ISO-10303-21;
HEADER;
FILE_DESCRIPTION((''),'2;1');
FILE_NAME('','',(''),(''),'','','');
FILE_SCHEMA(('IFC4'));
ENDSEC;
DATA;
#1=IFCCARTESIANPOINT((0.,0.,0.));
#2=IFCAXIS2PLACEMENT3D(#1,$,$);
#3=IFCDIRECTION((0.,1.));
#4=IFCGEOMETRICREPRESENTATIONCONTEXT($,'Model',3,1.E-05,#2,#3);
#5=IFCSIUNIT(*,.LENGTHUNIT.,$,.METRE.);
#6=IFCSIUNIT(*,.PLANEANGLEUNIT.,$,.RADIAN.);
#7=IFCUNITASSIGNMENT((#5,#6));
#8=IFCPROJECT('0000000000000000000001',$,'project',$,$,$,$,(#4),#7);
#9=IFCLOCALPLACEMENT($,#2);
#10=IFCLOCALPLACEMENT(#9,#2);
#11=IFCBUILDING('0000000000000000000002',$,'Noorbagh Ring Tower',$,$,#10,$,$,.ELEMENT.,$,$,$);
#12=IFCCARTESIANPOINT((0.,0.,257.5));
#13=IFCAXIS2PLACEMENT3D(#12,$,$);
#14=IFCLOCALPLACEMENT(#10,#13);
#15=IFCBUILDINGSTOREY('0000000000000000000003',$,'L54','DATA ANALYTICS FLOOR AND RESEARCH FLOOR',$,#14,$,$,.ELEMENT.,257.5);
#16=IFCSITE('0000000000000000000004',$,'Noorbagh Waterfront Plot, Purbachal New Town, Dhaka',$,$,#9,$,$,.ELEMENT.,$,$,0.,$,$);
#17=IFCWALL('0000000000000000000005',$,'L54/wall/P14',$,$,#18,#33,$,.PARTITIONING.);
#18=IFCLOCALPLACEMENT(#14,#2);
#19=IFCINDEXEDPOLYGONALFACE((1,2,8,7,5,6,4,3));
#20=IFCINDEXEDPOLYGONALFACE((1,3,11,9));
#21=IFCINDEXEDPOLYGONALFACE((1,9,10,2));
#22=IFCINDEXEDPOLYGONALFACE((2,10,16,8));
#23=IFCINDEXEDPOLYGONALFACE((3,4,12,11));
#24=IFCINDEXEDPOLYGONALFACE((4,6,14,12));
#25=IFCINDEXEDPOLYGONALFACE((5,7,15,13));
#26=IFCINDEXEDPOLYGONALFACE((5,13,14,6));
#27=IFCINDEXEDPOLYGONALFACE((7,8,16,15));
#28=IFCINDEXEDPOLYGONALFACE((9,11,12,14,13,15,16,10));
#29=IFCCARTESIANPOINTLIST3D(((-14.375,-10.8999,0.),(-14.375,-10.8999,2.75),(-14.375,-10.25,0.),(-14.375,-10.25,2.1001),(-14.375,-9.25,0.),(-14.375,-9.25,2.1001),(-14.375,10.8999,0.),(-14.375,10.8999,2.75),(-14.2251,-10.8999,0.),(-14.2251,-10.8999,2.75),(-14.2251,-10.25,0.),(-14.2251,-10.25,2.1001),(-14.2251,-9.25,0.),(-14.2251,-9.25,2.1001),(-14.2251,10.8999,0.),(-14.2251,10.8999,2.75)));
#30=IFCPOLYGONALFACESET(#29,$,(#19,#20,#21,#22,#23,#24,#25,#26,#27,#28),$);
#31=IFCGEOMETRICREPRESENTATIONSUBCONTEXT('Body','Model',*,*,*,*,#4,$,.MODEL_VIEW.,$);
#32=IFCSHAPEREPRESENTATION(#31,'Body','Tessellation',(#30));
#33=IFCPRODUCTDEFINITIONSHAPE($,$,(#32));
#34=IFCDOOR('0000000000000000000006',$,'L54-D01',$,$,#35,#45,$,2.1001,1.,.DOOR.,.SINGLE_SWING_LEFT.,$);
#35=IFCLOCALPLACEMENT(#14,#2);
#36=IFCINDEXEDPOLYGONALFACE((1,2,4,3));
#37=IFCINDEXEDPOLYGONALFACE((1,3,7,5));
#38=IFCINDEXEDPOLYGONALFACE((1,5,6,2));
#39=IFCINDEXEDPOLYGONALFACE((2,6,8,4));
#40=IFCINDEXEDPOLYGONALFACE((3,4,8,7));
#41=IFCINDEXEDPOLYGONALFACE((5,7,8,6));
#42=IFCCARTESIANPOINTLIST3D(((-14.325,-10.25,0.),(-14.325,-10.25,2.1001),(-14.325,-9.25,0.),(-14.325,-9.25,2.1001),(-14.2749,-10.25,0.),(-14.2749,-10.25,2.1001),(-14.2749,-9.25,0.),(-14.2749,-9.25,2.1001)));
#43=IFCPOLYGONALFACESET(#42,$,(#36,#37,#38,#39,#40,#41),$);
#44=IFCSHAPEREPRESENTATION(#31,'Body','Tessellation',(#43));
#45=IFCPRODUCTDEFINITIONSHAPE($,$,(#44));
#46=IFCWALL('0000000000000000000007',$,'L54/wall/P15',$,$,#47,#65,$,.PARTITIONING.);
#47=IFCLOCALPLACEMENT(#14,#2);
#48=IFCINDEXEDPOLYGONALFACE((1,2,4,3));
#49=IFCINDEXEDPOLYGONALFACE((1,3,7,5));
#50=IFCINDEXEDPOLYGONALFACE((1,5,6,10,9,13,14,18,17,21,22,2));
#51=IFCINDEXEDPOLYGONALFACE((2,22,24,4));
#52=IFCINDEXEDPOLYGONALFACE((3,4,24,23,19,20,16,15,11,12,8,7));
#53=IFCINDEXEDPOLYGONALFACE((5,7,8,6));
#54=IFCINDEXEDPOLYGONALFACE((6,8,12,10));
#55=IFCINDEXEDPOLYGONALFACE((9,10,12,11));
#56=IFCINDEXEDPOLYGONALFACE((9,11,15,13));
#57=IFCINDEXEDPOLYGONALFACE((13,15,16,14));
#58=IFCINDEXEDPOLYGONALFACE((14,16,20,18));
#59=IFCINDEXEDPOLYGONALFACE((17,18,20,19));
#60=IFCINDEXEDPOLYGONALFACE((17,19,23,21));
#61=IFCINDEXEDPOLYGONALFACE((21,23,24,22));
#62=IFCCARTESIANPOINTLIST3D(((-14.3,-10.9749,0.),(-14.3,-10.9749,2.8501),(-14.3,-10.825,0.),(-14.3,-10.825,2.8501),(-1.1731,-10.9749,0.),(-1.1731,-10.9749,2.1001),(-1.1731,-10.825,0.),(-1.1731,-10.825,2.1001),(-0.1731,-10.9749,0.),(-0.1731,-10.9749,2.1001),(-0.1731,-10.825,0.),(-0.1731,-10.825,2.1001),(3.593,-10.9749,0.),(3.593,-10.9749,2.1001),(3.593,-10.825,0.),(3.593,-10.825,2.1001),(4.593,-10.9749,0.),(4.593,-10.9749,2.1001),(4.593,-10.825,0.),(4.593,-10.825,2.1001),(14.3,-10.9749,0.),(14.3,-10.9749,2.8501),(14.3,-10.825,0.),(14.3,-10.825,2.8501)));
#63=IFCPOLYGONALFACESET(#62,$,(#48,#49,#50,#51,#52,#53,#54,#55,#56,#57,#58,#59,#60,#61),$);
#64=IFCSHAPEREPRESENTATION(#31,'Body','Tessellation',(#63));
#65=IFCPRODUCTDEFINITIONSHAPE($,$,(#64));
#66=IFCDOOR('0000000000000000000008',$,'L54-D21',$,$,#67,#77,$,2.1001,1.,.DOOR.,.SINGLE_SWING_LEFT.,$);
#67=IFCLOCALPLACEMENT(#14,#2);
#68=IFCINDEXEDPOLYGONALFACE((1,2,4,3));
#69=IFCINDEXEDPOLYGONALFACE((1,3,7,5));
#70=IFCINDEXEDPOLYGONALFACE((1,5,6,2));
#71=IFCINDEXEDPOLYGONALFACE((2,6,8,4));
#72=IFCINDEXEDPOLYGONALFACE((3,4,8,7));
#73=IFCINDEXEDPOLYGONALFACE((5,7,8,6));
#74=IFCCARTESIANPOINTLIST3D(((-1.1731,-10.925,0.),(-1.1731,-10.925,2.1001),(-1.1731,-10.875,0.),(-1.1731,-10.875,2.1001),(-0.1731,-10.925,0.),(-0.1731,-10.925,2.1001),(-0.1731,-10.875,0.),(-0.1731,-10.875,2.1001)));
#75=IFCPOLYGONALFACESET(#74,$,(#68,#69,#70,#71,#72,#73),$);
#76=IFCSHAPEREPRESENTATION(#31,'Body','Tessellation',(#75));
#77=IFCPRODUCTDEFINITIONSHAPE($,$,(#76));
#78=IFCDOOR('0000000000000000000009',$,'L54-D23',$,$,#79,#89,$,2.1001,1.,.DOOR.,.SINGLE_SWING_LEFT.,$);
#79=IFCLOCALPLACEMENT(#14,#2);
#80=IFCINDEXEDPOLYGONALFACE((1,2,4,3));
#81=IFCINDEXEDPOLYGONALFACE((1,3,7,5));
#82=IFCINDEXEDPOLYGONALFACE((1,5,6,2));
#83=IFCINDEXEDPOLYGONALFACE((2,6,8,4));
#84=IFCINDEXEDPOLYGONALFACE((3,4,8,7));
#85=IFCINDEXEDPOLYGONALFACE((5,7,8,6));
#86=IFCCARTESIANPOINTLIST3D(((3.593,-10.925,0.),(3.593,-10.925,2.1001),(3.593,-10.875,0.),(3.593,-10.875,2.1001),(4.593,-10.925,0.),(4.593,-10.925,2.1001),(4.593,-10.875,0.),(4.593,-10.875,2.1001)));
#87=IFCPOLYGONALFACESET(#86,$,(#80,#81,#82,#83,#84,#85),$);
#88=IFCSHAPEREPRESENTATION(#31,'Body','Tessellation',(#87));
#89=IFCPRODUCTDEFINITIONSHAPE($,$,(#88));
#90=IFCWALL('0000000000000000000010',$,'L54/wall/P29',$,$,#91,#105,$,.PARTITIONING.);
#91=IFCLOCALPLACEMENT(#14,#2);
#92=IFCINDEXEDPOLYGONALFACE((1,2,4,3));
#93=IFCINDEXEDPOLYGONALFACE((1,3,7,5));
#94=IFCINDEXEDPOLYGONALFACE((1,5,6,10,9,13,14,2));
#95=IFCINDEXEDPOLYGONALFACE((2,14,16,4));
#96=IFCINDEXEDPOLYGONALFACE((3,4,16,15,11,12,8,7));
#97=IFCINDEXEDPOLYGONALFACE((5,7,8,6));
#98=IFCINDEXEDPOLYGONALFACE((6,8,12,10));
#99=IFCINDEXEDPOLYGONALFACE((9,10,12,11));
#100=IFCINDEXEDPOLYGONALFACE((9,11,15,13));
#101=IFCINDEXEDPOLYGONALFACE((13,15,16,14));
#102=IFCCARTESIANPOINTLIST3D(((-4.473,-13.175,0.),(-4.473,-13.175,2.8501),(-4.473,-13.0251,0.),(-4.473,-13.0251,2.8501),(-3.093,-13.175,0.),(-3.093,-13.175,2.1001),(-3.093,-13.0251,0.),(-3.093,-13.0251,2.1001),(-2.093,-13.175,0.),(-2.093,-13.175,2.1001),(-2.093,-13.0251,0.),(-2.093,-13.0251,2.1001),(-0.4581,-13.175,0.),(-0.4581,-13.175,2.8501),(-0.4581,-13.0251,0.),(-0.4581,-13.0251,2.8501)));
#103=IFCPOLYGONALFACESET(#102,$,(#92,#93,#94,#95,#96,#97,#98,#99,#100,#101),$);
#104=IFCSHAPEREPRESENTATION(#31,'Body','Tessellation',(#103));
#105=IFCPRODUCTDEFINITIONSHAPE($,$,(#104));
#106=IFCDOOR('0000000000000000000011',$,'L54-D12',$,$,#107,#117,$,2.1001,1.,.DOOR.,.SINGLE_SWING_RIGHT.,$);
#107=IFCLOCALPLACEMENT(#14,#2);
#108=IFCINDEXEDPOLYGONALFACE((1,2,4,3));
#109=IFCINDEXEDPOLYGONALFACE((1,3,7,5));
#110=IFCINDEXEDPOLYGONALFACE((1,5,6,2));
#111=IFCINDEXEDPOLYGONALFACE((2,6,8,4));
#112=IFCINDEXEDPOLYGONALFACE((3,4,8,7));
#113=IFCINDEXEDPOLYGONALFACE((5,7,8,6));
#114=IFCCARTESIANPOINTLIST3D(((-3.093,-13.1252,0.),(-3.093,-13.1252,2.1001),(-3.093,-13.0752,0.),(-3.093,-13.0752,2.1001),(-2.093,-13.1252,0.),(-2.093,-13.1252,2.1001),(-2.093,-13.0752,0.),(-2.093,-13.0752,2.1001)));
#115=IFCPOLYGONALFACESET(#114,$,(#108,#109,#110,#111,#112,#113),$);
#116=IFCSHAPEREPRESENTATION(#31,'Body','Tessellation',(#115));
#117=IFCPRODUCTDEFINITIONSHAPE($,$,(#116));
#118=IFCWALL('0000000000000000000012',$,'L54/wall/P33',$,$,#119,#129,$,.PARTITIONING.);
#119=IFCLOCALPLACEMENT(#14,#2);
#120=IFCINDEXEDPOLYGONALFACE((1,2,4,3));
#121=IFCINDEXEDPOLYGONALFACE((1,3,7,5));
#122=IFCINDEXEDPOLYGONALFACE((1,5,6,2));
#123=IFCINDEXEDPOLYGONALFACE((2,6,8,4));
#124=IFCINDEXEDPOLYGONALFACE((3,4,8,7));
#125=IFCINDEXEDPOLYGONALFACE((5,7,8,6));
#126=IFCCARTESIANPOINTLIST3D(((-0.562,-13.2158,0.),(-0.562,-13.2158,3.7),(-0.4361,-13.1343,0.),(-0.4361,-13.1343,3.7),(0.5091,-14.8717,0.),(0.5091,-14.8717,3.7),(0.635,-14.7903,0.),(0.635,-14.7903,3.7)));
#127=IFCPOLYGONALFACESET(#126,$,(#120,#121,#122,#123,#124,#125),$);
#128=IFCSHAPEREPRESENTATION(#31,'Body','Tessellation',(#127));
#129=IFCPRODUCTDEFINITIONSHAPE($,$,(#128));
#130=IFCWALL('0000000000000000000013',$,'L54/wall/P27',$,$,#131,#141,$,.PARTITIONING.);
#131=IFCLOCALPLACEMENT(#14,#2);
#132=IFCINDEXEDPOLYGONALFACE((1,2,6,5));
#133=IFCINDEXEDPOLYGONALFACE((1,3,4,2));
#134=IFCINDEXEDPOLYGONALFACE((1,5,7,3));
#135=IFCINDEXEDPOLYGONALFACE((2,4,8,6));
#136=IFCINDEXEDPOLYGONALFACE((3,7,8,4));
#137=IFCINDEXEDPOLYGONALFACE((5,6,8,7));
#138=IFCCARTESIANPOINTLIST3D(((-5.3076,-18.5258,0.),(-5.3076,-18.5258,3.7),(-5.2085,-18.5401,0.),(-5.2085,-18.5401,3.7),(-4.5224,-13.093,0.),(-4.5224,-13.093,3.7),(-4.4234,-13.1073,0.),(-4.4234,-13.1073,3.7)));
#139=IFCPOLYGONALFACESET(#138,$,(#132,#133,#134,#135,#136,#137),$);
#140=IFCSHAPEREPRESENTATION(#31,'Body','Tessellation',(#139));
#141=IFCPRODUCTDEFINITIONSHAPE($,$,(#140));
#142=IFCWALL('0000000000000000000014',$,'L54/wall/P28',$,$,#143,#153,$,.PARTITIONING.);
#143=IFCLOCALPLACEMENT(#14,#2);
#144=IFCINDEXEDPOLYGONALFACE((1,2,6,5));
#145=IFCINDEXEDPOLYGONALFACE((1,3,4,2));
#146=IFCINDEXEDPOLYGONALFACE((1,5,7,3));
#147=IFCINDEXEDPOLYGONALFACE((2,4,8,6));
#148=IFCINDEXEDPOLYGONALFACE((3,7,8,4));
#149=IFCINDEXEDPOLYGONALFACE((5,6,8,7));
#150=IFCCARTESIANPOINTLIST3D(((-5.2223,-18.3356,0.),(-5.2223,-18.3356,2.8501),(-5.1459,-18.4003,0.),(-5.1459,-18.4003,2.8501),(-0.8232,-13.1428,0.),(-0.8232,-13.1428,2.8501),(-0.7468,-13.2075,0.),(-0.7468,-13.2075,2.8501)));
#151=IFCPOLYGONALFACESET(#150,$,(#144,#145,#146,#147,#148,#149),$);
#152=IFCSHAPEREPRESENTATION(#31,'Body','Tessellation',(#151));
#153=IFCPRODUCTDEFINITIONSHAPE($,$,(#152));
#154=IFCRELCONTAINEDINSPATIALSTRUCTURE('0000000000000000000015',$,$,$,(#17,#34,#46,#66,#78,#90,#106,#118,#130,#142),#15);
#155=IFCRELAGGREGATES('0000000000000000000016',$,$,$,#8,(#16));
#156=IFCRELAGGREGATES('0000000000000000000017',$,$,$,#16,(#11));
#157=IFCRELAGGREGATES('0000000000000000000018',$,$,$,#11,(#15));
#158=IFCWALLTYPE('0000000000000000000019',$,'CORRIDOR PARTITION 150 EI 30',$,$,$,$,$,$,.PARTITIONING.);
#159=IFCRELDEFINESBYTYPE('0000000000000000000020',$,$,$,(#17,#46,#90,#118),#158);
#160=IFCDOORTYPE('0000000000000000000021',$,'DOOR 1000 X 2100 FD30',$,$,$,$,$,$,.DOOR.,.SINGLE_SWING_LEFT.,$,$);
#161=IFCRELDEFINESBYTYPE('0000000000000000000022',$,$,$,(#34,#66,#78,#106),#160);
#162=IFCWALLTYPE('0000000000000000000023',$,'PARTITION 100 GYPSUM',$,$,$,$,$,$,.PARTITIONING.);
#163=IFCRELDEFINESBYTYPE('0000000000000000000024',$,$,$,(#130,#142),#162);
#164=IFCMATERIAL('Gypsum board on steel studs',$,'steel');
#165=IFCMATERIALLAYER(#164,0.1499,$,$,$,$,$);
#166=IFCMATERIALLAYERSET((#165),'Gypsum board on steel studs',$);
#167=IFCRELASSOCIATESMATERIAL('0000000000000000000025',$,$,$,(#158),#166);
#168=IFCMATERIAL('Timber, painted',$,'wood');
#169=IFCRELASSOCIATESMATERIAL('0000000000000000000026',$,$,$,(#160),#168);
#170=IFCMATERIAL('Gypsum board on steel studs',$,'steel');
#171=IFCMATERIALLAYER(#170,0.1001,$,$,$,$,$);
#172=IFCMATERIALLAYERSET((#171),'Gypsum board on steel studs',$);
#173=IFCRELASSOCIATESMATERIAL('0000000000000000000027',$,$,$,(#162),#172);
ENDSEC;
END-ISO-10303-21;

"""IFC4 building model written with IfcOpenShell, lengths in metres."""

from ifc_helpers import new_model, si_unit, direction, frame, frame_2d, origin, place, context, subcontext, project, spatial, rectangle, extrude, material, layer, layer_set, type_object, element, fill, save


model = new_model("IFC4")

# Units and contexts
model_context = context("Model", 3, precision=1e-05, world=origin(), true_north=direction((0.0, 1.0)))
body_context = subcontext(model_context, "Body", "Model", "MODEL_VIEW")
ifc_project = project(units=[si_unit("LENGTHUNIT", "METRE"), si_unit("PLANEANGLEUNIT", "RADIAN")], contexts=[model_context])

# Site, building, storey
site_placement = place(None, origin())
site = spatial("IfcSite", under=ifc_project, at=site_placement, Name="Noorbagh Waterfront Plot, Purbachal New Town, Dhaka", CompositionType="ELEMENT", RefElevation=0.0)
building_placement = place(site_placement, origin())
building = spatial("IfcBuilding", under=site, at=building_placement, Name="Noorbagh Ring Tower", CompositionType="ELEMENT")
storey_placement = place(building_placement, frame((0.0, 0.0, 257.5)))
storey = spatial("IfcBuildingStorey", under=building, at=storey_placement, Name="L54", Description="DATA ANALYTICS FLOOR AND RESEARCH FLOOR", CompositionType="ELEMENT", Elevation=257.5)

# Wall, opening, door
ifc_material_1 = material(Name="Gypsum board on steel studs", Category="steel")
ifc_layer_1 = layer(ifc_material_1, 0.1499)
ifc_layer_set_1 = layer_set([ifc_layer_1], Name="Gypsum board on steel studs")
wall_type_1 = type_object("IfcWallType", Name="CORRIDOR PARTITION 150 EI 30", PredefinedType="PARTITIONING", material=ifc_layer_set_1)
wall_1_placement = place(storey_placement, frame((-14.3, -10.8999, 0.0), z_axis=(0.0, 0.0, 1.0), x_axis=(0.0, 1.0, 0.0)))
wall_1 = element("IfcWall", 1, at=wall_1_placement, inside=storey, type_object=wall_type_1, Name="L54/wall/P14", PredefinedType="PARTITIONING", context=body_context, shape_type="SweptSolid", body=[
    extrude(rectangle(XDim=21.7998, YDim=0.1499, at=frame_2d((10.8999, 0.0))), origin(), (0.0, 0.0, 1.0), 2.75),
])
opening_1_placement = place(wall_1_placement, frame((0.6499, 0.0, 0.0)))
opening_1 = element("IfcOpeningElement", 2, at=opening_1_placement, cuts=wall_1, PredefinedType="OPENING", context=body_context, shape_type="SweptSolid", body=[
    extrude(rectangle(XDim=1.0, YDim=2.1001, at=frame_2d((0.5, 1.05))), frame((0.0, 0.085, 0.0), z_axis=(0.0, -1.0, 0.0), x_axis=(1.0, 0.0, 0.0)), (0.0, 0.0, 1.0), 0.1699),
])
ifc_material_2 = material(Name="Timber, painted", Category="wood")
door_type = type_object("IfcDoorType", Name="DOOR 1000 X 2100 FD30", OperationType="SINGLE_SWING_LEFT", PredefinedType="DOOR", material=ifc_material_2)
door_1_placement = place(opening_1_placement, origin())
door_1 = element("IfcDoor", 3, at=door_1_placement, inside=storey, type_object=door_type, Name="L54-D01", OperationType="SINGLE_SWING_LEFT", OverallHeight=2.1001, OverallWidth=1.0, PredefinedType="DOOR", context=body_context, shape_type="SweptSolid", body=[
    extrude(rectangle(XDim=1.0, YDim=2.1001, at=frame_2d((0.5, 1.05))), frame((0.0, 0.0249, 0.0), z_axis=(0.0, -1.0, 0.0), x_axis=(1.0, 0.0, 0.0)), (0.0, 0.0, 1.0), 0.05),
])
fill(opening_1, door_1)

# Wall, openings, doors
wall_2_placement = place(storey_placement, frame((-14.3, -10.8999, 0.0), z_axis=(0.0, 0.0, 1.0), x_axis=(1.0, 0.0, 0.0)))
wall_2 = element("IfcWall", 4, at=wall_2_placement, inside=storey, type_object=wall_type_1, Name="L54/wall/P15", PredefinedType="PARTITIONING", context=body_context, shape_type="SweptSolid", body=[
    extrude(rectangle(XDim=28.6001, YDim=0.1499, at=frame_2d((14.3, 0.0))), origin(), (0.0, 0.0, 1.0), 2.8501),
])
opening_2_placement = place(wall_2_placement, frame((13.127, 0.0, 0.0)))
opening_2 = element("IfcOpeningElement", 5, at=opening_2_placement, cuts=wall_2, PredefinedType="OPENING", context=body_context, shape_type="SweptSolid", body=[
    extrude(rectangle(XDim=1.0, YDim=2.1001, at=frame_2d((0.5, 1.05))), frame((0.0, 0.085, 0.0), z_axis=(0.0, -1.0, 0.0), x_axis=(1.0, 0.0, 0.0)), (0.0, 0.0, 1.0), 0.1699),
])
opening_3_placement = place(wall_2_placement, frame((17.8931, 0.0, 0.0)))
opening_3 = element("IfcOpeningElement", 6, at=opening_3_placement, cuts=wall_2, PredefinedType="OPENING", context=body_context, shape_type="SweptSolid", body=[
    extrude(rectangle(XDim=1.0, YDim=2.1001, at=frame_2d((0.5, 1.05))), frame((0.0, 0.085, 0.0), z_axis=(0.0, -1.0, 0.0), x_axis=(1.0, 0.0, 0.0)), (0.0, 0.0, 1.0), 0.1699),
])
door_2_placement = place(opening_2_placement, origin())
door_2 = element("IfcDoor", 7, at=door_2_placement, inside=storey, type_object=door_type, Name="L54-D21", OperationType="SINGLE_SWING_LEFT", OverallHeight=2.1001, OverallWidth=1.0, PredefinedType="DOOR", context=body_context, shape_type="SweptSolid", body=[
    extrude(rectangle(XDim=1.0, YDim=2.1001, at=frame_2d((0.5, 1.05))), frame((0.0, 0.0249, 0.0), z_axis=(0.0, -1.0, 0.0), x_axis=(1.0, 0.0, 0.0)), (0.0, 0.0, 1.0), 0.05),
])
fill(opening_2, door_2)
door_3_placement = place(opening_3_placement, origin())
door_3 = element("IfcDoor", 8, at=door_3_placement, inside=storey, type_object=door_type, Name="L54-D23", OperationType="SINGLE_SWING_LEFT", OverallHeight=2.1001, OverallWidth=1.0, PredefinedType="DOOR", context=body_context, shape_type="SweptSolid", body=[
    extrude(rectangle(XDim=1.0, YDim=2.1001, at=frame_2d((0.5, 1.05))), frame((0.0, 0.0249, 0.0), z_axis=(0.0, -1.0, 0.0), x_axis=(1.0, 0.0, 0.0)), (0.0, 0.0, 1.0), 0.05),
])
fill(opening_3, door_3)

# Wall, opening, door
wall_3_placement = place(storey_placement, frame((-4.4729, -13.1001, 0.0), z_axis=(0.0, 0.0, 1.0), x_axis=(1.0, 0.0, 0.0)))
wall_3 = element("IfcWall", 9, at=wall_3_placement, inside=storey, type_object=wall_type_1, Name="L54/wall/P29", PredefinedType="PARTITIONING", context=body_context, shape_type="SweptSolid", body=[
    extrude(rectangle(XDim=4.0149, YDim=0.1499, at=frame_2d((2.0073, 0.0))), origin(), (0.0, 0.0, 1.0), 2.8501),
])
opening_4_placement = place(wall_3_placement, frame((1.3799, 0.0, 0.0)))
opening_4 = element("IfcOpeningElement", 10, at=opening_4_placement, cuts=wall_3, PredefinedType="OPENING", context=body_context, shape_type="SweptSolid", body=[
    extrude(rectangle(XDim=1.0, YDim=2.1001, at=frame_2d((0.5, 1.05))), frame((0.0, 0.085, 0.0), z_axis=(0.0, -1.0, 0.0), x_axis=(1.0, 0.0, 0.0)), (0.0, 0.0, 1.0), 0.1699),
])
door_4_placement = place(opening_4_placement, origin())
door_4 = element("IfcDoor", 11, at=door_4_placement, inside=storey, type_object=door_type, Name="L54-D12", OperationType="SINGLE_SWING_RIGHT", OverallHeight=2.1001, OverallWidth=1.0, PredefinedType="DOOR", context=body_context, shape_type="SweptSolid", body=[
    extrude(rectangle(XDim=1.0, YDim=2.1001, at=frame_2d((0.5, 1.05))), frame((0.0, 0.0249, 0.0), z_axis=(0.0, -1.0, 0.0), x_axis=(1.0, 0.0, 0.0)), (0.0, 0.0, 1.0), 0.05),
])
fill(opening_4, door_4)

# Walls
wall_4_placement = place(storey_placement, frame((-0.499, -13.175, 0.0), z_axis=(0.0, 0.0, 1.0), x_axis=(0.543077, -0.839683, 0.0)))
element("IfcWall", 12, at=wall_4_placement, inside=storey, type_object=wall_type_1, Name="L54/wall/P33", PredefinedType="PARTITIONING", context=body_context, shape_type="SweptSolid", body=[
    extrude(rectangle(XDim=1.9722, YDim=0.1499, at=frame_2d((0.9861, 0.0))), origin(), (0.0, 0.0, 1.0), 3.7),
])
ifc_material_3 = material(Name="Gypsum board on steel studs", Category="steel")
ifc_layer_2 = layer(ifc_material_3, 0.1001)
ifc_layer_set_2 = layer_set([ifc_layer_2], Name="Gypsum board on steel studs")
wall_type_2 = type_object("IfcWallType", Name="PARTITION 100 GYPSUM", PredefinedType="PARTITIONING", material=ifc_layer_set_2)
wall_5_placement = place(storey_placement, frame((-5.2581, -18.533, 0.0), z_axis=(0.0, 0.0, 1.0), x_axis=(0.143034, 0.989718, 0.0)))
element("IfcWall", 13, at=wall_5_placement, inside=storey, type_object=wall_type_2, Name="L54/wall/P27", PredefinedType="PARTITIONING", context=body_context, shape_type="SweptSolid", body=[
    extrude(rectangle(XDim=5.4893, YDim=0.1001, at=frame_2d((2.7446, 0.0))), origin(), (0.0, 0.0, 1.0), 3.7),
])
wall_6_placement = place(storey_placement, frame((-5.1841, -18.3679, 0.0), z_axis=(0.0, 0.0, 1.0), x_axis=(0.646388, 0.763009, 0.0)))
element("IfcWall", 14, at=wall_6_placement, inside=storey, type_object=wall_type_2, Name="L54/wall/P28", PredefinedType="PARTITIONING", context=body_context, shape_type="SweptSolid", body=[
    extrude(rectangle(XDim=6.8057, YDim=0.1001, at=frame_2d((3.4028, 0.0))), origin(), (0.0, 0.0, 1.0), 2.8501),
])

save(model, "model.ifc")
